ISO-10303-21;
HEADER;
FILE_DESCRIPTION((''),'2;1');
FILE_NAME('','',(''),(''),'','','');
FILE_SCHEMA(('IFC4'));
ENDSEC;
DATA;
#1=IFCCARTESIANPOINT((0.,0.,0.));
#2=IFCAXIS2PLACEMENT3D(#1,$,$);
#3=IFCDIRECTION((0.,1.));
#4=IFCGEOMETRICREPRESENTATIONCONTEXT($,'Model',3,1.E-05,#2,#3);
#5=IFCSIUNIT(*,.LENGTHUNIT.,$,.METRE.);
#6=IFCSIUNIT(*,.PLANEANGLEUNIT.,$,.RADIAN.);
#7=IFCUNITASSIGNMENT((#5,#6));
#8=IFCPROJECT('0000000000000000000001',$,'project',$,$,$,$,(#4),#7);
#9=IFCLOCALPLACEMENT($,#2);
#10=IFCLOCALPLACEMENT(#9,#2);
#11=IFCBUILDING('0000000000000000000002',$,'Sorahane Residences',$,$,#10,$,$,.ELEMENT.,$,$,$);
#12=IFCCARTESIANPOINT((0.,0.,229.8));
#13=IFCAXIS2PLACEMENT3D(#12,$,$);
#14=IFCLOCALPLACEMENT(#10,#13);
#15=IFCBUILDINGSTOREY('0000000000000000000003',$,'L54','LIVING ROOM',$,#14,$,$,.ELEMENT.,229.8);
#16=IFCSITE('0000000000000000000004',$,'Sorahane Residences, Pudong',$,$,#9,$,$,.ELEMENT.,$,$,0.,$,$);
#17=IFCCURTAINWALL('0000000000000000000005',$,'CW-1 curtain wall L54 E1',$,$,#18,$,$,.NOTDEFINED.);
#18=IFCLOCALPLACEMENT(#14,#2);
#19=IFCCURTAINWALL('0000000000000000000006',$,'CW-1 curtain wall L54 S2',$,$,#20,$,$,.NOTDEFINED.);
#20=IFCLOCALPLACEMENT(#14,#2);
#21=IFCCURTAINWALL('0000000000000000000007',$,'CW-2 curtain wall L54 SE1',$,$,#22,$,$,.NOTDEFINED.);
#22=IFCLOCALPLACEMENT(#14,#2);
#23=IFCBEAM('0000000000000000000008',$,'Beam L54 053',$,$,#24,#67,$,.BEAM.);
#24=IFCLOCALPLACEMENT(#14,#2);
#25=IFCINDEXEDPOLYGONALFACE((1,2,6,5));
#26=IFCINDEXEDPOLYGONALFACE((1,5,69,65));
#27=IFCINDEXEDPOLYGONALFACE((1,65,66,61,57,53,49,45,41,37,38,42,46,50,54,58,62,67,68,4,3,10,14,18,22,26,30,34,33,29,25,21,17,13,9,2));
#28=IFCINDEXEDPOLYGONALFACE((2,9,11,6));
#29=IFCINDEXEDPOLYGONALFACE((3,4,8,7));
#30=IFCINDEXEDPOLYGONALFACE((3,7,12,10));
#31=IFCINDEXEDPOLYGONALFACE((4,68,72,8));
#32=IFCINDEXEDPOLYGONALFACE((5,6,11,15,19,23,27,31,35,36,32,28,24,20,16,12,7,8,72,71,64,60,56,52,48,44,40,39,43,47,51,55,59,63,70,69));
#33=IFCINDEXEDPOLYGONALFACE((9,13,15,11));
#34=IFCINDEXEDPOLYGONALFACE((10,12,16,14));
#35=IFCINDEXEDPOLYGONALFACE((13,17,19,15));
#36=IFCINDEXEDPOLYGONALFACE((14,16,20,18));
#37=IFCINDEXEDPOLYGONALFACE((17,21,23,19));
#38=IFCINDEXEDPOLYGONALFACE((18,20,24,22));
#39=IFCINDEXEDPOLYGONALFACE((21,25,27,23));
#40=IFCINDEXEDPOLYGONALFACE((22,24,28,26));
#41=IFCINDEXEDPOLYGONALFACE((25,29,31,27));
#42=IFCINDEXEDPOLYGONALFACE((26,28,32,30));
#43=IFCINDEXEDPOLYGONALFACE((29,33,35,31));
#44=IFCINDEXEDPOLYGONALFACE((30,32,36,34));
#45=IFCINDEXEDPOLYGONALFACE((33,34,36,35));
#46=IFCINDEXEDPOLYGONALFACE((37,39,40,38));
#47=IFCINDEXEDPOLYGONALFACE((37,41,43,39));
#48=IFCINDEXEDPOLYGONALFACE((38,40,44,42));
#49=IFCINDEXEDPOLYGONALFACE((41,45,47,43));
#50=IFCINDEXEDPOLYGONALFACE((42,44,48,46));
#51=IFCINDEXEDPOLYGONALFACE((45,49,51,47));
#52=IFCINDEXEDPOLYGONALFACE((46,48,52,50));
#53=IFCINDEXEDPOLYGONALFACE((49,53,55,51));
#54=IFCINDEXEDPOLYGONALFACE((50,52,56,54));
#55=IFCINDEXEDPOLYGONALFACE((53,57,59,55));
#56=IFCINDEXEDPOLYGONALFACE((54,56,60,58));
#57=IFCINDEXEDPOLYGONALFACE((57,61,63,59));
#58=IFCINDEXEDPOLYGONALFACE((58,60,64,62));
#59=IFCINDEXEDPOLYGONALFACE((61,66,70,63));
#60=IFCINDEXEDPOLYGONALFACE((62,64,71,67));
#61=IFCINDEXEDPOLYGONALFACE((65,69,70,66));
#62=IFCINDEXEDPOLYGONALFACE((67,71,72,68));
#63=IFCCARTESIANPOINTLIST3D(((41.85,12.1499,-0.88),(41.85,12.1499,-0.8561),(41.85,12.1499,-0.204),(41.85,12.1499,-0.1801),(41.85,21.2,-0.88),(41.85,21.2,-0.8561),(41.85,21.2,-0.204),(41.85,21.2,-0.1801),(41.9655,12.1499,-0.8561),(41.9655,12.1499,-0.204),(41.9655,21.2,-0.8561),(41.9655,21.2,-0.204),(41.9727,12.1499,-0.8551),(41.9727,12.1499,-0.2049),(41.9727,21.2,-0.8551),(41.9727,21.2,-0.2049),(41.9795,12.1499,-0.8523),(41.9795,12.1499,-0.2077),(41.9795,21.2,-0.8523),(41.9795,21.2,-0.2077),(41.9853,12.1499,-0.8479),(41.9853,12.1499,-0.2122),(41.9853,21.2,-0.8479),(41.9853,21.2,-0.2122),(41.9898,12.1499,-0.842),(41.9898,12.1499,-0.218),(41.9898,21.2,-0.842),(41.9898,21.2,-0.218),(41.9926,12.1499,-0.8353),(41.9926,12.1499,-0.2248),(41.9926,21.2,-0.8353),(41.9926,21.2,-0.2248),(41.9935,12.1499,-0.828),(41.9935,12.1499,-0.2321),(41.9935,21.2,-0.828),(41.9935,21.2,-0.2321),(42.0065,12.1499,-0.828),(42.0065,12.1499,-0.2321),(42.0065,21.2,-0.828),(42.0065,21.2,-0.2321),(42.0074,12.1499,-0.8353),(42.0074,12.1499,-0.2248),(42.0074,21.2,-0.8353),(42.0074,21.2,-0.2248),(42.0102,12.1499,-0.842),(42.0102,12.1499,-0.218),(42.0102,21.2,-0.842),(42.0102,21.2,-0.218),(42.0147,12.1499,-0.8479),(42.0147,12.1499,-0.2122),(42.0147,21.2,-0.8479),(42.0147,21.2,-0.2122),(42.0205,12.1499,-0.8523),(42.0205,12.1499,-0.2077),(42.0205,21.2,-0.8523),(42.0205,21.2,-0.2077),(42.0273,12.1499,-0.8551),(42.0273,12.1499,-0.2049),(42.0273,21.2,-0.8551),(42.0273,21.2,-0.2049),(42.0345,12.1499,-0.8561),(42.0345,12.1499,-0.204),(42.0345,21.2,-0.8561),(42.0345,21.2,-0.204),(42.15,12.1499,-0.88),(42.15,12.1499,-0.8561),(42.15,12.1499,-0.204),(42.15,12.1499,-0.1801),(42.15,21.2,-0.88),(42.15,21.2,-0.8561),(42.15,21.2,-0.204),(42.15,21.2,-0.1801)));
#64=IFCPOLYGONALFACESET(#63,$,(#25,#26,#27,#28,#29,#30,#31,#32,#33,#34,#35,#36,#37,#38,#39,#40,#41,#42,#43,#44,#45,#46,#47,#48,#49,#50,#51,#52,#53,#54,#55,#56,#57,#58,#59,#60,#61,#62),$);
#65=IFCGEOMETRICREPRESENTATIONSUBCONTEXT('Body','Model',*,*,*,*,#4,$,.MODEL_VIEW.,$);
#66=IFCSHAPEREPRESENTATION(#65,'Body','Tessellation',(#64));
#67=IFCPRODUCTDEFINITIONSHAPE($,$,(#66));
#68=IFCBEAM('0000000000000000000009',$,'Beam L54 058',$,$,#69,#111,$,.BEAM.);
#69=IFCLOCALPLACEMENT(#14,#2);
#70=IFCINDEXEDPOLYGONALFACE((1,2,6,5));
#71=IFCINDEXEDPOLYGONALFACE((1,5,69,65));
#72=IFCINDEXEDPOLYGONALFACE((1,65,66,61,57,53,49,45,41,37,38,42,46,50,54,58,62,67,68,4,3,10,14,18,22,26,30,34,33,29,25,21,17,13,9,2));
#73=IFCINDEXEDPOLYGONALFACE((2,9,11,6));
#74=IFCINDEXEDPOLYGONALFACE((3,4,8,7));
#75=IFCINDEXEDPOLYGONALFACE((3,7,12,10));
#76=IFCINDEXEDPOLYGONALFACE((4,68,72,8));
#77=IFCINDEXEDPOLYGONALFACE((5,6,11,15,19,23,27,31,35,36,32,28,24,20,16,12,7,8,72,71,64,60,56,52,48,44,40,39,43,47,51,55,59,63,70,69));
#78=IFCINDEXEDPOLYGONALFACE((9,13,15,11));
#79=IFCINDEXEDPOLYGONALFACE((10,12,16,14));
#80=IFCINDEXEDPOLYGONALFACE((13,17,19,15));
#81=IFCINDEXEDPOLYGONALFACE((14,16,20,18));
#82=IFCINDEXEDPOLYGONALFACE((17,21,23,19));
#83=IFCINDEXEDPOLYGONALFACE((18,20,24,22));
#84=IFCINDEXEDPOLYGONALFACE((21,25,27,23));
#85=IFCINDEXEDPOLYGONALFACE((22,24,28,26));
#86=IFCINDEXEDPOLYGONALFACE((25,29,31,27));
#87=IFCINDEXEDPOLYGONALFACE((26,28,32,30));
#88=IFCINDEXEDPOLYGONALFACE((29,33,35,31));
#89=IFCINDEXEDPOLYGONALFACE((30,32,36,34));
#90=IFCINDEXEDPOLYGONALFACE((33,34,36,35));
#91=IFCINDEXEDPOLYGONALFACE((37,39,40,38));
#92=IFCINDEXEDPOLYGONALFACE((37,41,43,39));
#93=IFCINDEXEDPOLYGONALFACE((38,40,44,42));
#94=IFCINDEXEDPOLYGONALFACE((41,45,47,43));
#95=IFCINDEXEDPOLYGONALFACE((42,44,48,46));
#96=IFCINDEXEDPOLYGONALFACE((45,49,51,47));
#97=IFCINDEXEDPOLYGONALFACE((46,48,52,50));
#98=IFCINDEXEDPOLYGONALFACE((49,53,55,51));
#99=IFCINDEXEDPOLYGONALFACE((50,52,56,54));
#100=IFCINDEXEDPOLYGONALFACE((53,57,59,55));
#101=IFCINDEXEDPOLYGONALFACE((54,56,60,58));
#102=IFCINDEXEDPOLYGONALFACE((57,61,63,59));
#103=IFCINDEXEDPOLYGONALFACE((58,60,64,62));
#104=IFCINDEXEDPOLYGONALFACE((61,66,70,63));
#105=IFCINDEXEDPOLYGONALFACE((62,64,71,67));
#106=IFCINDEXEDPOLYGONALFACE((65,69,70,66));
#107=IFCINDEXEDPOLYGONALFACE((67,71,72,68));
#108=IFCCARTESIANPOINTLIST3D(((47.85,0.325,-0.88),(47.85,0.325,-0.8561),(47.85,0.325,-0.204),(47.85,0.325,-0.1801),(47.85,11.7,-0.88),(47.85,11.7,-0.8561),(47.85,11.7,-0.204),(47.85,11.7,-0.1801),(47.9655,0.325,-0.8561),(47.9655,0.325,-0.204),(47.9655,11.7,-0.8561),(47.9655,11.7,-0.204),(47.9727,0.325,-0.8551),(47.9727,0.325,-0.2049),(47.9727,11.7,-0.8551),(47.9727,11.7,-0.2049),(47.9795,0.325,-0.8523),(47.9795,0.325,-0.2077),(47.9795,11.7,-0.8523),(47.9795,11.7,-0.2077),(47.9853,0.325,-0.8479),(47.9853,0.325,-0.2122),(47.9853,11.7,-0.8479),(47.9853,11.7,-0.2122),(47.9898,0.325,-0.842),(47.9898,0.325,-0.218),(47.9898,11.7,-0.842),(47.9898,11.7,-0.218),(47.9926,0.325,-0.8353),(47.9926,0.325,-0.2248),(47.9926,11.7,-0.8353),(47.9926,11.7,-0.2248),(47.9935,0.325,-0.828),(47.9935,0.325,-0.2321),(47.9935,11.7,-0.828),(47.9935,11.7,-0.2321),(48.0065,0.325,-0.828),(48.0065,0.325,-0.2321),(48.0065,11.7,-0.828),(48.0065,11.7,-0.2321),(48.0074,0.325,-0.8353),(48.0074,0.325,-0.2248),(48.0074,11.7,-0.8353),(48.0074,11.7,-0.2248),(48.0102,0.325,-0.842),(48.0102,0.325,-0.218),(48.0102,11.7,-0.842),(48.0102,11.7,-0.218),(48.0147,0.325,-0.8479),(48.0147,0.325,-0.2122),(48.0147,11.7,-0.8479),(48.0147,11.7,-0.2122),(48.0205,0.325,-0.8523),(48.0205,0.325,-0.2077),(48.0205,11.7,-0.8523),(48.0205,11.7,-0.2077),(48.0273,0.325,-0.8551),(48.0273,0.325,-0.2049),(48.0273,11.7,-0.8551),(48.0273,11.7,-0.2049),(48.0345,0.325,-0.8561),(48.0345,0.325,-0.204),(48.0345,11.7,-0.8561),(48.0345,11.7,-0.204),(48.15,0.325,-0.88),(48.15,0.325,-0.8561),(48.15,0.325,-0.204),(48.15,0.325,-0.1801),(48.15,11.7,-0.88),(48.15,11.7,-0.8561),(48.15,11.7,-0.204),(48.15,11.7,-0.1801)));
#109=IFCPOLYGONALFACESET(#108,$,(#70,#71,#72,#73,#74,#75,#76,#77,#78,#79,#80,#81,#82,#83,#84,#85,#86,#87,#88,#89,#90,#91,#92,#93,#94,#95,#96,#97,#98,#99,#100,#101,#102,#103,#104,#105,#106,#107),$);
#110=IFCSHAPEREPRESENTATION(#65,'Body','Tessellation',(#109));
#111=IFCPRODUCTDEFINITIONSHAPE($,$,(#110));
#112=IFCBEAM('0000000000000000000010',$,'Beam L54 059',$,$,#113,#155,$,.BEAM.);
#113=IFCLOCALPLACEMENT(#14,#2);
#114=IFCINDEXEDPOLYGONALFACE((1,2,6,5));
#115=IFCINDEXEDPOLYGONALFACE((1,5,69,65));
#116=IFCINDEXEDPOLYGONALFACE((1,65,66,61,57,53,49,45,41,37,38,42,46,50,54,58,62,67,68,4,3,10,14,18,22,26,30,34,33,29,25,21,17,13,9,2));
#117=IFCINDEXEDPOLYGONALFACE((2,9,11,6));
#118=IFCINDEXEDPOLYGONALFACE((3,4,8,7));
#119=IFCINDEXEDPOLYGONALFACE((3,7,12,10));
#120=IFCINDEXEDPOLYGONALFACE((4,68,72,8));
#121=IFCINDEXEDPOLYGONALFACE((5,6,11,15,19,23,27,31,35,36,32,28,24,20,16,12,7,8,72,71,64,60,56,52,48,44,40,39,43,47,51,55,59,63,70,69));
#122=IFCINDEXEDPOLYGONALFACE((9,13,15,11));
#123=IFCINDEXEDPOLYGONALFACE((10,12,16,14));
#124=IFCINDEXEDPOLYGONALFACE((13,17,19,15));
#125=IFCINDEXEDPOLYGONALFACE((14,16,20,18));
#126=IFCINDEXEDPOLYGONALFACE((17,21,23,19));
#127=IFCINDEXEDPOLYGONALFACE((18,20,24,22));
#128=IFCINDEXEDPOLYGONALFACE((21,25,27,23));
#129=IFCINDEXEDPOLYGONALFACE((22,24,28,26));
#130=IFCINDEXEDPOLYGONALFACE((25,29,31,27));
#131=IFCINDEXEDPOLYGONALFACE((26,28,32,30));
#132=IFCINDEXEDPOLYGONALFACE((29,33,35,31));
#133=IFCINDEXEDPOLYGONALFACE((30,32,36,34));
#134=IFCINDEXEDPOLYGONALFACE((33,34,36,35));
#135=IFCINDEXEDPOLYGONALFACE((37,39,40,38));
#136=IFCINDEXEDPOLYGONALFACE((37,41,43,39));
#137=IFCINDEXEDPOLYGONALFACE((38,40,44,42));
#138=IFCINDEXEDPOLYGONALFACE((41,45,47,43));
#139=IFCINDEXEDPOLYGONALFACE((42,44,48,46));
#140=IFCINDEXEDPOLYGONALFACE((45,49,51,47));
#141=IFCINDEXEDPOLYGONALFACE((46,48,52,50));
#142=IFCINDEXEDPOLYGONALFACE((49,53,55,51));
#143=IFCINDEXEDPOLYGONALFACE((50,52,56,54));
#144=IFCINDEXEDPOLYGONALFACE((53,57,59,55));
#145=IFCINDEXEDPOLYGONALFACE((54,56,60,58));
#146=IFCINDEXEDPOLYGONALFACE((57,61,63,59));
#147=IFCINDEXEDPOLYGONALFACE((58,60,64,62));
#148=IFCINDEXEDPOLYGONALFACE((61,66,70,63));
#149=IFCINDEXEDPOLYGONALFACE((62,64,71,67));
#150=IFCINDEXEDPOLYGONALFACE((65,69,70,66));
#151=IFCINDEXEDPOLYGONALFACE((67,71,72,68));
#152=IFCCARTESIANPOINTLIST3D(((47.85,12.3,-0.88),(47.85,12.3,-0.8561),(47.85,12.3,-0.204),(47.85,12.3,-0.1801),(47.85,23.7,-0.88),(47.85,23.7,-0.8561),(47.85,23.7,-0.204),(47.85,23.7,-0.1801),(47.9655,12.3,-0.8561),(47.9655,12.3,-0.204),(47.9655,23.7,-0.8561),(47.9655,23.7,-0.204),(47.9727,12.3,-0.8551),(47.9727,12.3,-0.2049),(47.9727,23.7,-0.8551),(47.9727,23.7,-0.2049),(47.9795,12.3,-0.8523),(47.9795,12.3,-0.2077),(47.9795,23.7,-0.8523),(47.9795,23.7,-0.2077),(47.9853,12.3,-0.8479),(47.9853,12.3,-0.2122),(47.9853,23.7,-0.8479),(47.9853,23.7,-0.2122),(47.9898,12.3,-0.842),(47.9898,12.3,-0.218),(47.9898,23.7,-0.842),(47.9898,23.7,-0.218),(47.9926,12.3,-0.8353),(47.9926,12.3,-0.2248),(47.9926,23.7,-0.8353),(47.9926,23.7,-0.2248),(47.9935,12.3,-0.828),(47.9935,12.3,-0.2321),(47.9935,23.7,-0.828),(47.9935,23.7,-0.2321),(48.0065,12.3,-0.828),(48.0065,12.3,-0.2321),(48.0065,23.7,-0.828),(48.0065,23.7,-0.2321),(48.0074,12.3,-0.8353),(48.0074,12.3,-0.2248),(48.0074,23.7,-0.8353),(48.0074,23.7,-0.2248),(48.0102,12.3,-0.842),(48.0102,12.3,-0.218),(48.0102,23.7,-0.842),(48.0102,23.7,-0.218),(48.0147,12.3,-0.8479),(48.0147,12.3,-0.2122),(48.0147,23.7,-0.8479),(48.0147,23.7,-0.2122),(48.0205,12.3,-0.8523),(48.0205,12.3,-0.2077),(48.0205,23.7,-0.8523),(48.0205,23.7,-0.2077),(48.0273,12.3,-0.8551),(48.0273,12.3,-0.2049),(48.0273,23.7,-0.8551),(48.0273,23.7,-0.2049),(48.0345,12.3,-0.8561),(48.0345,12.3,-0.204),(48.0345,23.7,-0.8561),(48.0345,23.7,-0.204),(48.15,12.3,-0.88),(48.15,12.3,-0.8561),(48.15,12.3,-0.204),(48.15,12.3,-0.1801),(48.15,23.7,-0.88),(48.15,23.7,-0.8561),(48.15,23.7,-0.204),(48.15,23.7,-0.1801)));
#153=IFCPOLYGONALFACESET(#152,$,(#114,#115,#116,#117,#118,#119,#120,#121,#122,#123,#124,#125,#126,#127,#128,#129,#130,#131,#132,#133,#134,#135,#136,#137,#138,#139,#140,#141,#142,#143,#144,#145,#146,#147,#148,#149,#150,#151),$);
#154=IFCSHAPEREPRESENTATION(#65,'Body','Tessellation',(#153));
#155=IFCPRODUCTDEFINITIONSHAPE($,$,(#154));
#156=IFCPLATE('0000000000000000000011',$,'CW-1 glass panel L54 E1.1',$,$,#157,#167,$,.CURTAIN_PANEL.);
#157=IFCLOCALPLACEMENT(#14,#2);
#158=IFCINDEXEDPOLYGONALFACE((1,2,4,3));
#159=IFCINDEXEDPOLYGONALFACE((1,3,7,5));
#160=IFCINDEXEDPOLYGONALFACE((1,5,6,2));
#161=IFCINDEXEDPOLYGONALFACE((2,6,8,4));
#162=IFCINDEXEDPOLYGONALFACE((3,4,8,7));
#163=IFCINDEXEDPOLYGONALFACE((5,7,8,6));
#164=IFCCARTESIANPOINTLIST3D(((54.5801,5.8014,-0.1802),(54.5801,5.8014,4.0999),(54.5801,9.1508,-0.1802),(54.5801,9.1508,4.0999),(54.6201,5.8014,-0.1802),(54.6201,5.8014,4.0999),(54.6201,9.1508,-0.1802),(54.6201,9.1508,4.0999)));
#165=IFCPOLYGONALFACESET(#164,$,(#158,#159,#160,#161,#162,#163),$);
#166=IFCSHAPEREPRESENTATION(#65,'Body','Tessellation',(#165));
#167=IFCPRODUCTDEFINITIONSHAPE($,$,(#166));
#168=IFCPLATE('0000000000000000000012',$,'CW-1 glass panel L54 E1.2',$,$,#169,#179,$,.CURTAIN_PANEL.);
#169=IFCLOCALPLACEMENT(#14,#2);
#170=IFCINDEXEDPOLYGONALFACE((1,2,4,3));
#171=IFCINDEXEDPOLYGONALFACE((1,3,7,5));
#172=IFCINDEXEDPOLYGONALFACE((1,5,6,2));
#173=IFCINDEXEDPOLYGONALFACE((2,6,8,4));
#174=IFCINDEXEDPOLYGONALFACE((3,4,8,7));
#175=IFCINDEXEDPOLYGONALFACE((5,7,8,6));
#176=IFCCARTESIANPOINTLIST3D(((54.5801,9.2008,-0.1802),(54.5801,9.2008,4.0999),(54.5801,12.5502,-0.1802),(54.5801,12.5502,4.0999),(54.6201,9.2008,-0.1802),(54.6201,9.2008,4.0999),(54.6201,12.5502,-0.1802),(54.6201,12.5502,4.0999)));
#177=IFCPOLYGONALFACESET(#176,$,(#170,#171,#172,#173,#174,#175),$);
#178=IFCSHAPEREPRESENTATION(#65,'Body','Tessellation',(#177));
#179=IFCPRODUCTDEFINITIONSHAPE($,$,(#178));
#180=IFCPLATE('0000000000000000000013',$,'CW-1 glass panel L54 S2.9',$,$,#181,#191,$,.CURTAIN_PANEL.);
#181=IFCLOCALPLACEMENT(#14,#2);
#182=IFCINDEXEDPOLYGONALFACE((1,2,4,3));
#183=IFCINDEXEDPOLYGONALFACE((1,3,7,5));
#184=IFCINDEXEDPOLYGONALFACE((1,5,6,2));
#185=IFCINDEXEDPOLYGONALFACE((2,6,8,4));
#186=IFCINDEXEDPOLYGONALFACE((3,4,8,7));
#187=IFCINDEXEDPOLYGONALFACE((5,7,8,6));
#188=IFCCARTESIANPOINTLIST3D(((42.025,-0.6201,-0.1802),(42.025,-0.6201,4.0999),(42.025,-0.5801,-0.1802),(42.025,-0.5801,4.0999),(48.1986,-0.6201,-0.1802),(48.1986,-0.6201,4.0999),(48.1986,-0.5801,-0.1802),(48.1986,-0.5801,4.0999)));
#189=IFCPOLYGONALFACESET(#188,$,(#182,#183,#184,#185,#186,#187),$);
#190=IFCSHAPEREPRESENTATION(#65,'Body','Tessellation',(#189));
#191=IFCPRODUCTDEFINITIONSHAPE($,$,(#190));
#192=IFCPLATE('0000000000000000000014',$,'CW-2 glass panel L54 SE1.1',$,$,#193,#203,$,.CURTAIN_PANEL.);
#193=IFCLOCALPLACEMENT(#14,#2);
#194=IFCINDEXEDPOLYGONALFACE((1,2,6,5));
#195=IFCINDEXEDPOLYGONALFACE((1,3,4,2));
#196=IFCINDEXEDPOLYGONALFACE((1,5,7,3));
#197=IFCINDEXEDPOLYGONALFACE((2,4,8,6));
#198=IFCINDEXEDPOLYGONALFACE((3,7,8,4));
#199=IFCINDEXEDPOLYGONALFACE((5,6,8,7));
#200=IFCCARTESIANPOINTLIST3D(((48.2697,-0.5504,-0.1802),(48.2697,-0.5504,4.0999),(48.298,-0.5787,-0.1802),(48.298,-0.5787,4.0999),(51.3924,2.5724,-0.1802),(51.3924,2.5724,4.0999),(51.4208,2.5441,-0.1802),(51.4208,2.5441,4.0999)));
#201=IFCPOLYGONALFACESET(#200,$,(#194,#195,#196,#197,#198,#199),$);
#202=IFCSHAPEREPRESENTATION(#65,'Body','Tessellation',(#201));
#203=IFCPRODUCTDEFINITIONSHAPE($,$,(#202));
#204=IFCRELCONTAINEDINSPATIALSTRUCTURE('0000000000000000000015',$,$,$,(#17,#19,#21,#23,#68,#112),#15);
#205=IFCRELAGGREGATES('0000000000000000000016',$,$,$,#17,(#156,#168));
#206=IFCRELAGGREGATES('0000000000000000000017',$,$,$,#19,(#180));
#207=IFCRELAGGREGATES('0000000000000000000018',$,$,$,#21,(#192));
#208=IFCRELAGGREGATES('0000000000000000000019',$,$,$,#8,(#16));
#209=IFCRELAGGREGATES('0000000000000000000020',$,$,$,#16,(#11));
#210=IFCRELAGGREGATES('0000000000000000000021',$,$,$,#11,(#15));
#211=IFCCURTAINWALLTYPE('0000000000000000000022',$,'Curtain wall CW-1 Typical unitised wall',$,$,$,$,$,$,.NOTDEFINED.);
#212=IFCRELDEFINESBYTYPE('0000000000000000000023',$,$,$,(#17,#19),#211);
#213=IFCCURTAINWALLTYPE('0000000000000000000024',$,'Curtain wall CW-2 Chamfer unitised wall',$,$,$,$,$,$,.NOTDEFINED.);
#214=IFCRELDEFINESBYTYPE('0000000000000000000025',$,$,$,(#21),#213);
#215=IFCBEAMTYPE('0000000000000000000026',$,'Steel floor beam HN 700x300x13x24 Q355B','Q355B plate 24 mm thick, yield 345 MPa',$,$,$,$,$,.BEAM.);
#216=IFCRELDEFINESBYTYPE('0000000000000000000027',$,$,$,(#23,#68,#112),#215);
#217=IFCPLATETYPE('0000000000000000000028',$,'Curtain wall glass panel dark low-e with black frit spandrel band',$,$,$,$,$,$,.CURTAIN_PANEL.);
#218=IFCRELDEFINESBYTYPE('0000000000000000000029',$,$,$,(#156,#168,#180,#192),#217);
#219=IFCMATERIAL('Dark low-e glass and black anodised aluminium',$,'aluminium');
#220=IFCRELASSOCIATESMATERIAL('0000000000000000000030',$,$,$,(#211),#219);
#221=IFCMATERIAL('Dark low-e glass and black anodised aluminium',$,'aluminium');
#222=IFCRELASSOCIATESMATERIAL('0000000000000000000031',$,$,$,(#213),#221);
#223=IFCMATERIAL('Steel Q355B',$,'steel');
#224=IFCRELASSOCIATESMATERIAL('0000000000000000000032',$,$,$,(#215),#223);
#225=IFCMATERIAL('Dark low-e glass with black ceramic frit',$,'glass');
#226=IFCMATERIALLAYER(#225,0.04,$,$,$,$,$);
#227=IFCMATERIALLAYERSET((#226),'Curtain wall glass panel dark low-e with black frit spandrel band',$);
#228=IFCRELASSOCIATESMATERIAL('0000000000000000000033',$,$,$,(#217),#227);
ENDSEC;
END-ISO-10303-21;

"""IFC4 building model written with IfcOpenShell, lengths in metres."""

from ifc_helpers import new_model, si_unit, direction, frame, origin, origin_2d, place, context, subcontext, project, spatial, rectangle, i_section, extrude, material, layer, layer_set, material_profile, profile_set, type_object, element, aggregate, save


model = new_model("IFC4")

# Units and contexts
model_context = context("Model", 3, precision=1e-05, world=origin(), true_north=direction((0.0, 1.0)))
body_context = subcontext(model_context, "Body", "Model", "MODEL_VIEW")
ifc_project = project(units=[si_unit("LENGTHUNIT", "METRE"), si_unit("PLANEANGLEUNIT", "RADIAN")], contexts=[model_context])

# Site, building, storey
site_placement = place(None, origin())
site = spatial("IfcSite", under=ifc_project, at=site_placement, Name="Sorahane Residences, Pudong", CompositionType="ELEMENT", RefElevation=0.0)
building_placement = place(site_placement, origin())
building = spatial("IfcBuilding", under=site, at=building_placement, Name="Sorahane Residences", CompositionType="ELEMENT")
storey_placement = place(building_placement, frame((0.0, 0.0, 229.8)))
storey = spatial("IfcBuildingStorey", under=building, at=storey_placement, Name="L54", Description="LIVING ROOM", CompositionType="ELEMENT", Elevation=229.8)

# Curtain walls
ifc_material_1 = material(Name="Dark low-e glass and black anodised aluminium", Category="aluminium")
curtain_wall_type_1 = type_object("IfcCurtainWallType", Name="Curtain wall CW-1 Typical unitised wall", PredefinedType="NOTDEFINED", material=ifc_material_1)
curtain_wall_1_placement = place(storey_placement, origin())
curtain_wall_1 = element("IfcCurtainWall", 1, at=curtain_wall_1_placement, inside=storey, type_object=curtain_wall_type_1, Name="CW-1 curtain wall L54 E1", PredefinedType="NOTDEFINED")
curtain_wall_2_placement = place(storey_placement, origin())
curtain_wall_2 = element("IfcCurtainWall", 2, at=curtain_wall_2_placement, inside=storey, type_object=curtain_wall_type_1, Name="CW-1 curtain wall L54 S2", PredefinedType="NOTDEFINED")

# Curtain wall
ifc_material_2 = material(Name="Dark low-e glass and black anodised aluminium", Category="aluminium")
curtain_wall_type_2 = type_object("IfcCurtainWallType", Name="Curtain wall CW-2 Chamfer unitised wall", PredefinedType="NOTDEFINED", material=ifc_material_2)
curtain_wall_3_placement = place(storey_placement, origin())
curtain_wall_3 = element("IfcCurtainWall", 3, at=curtain_wall_3_placement, inside=storey, type_object=curtain_wall_type_2, Name="CW-2 curtain wall L54 SE1", PredefinedType="NOTDEFINED")

# Beams
ifc_material_3 = material(Name="Steel Q355B", Category="steel")
ifc_material_profile_1 = material_profile(ifc_material_3, i_section(OverallWidth=0.3, OverallDepth=0.7, WebThickness=0.0129, FlangeThickness=0.0239, FilletRadius=0.0281, at=origin_2d()), Name="HN 700x300x13x24")
ifc_profile_set_1 = profile_set([ifc_material_profile_1], Name="Steel Q355B")
beam_type_1 = type_object("IfcBeamType", Name="Steel floor beam HN 700x300x13x24 Q355B", Description="Q355B plate 24 mm thick, yield 345 MPa", PredefinedType="BEAM", material=ifc_profile_set_1)
beam_1_placement = place(storey_placement, frame((42.0, 12.1499, -0.53), z_axis=(0.0, 1.0, 0.0), x_axis=(-1.0, 0.0, 0.0)))
element("IfcBeam", 4, at=beam_1_placement, inside=storey, type_object=beam_type_1, Name="Beam L54 053", PredefinedType="BEAM", context=body_context, shape_type="SweptSolid", body=[
    extrude(i_section(OverallWidth=0.3, OverallDepth=0.7, WebThickness=0.0129, FlangeThickness=0.0239, FilletRadius=0.0281, at=origin_2d()), origin(), (0.0, 0.0, 1.0), 9.05),
])
beam_2_placement = place(storey_placement, frame((48.0, 0.325, -0.53), z_axis=(0.0, 1.0, 0.0), x_axis=(-1.0, 0.0, 0.0)))
element("IfcBeam", 5, at=beam_2_placement, inside=storey, type_object=beam_type_1, Name="Beam L54 058", PredefinedType="BEAM", context=body_context, shape_type="SweptSolid", body=[
    extrude(i_section(OverallWidth=0.3, OverallDepth=0.7, WebThickness=0.0129, FlangeThickness=0.0239, FilletRadius=0.0281, at=origin_2d()), origin(), (0.0, 0.0, 1.0), 11.375),
])
beam_3_placement = place(storey_placement, frame((48.0, 12.3, -0.53), z_axis=(0.0, 1.0, 0.0), x_axis=(-1.0, 0.0, 0.0)))
element("IfcBeam", 6, at=beam_3_placement, inside=storey, type_object=beam_type_1, Name="Beam L54 059", PredefinedType="BEAM", context=body_context, shape_type="SweptSolid", body=[
    extrude(i_section(OverallWidth=0.3, OverallDepth=0.7, WebThickness=0.0129, FlangeThickness=0.0239, FilletRadius=0.0281, at=origin_2d()), origin(), (0.0, 0.0, 1.0), 11.3999),
])

# Plates
ifc_material_4 = material(Name="Dark low-e glass with black ceramic frit", Category="glass")
ifc_layer_1 = layer(ifc_material_4, 0.04)
ifc_layer_set_1 = layer_set([ifc_layer_1], Name="Curtain wall glass panel dark low-e with black frit spandrel band")
plate_type = type_object("IfcPlateType", Name="Curtain wall glass panel dark low-e with black frit spandrel band", PredefinedType="CURTAIN_PANEL", material=ifc_layer_set_1)
plate_1_placement = place(storey_placement, frame((54.6001, 7.4761, -0.1802), z_axis=(0.0, 0.0, 1.0), x_axis=(0.0, 1.0, 0.0)))
plate_1 = element("IfcPlate", 7, at=plate_1_placement, type_object=plate_type, Name="CW-1 glass panel L54 E1.1", PredefinedType="CURTAIN_PANEL", context=body_context, shape_type="SweptSolid", body=[
    extrude(rectangle(XDim=3.3494, YDim=0.04, at=origin_2d()), origin(), (0.0, 0.0, 1.0), 4.28),
])
plate_2_placement = place(storey_placement, frame((54.6001, 10.8755, -0.1802), z_axis=(0.0, 0.0, 1.0), x_axis=(0.0, 1.0, 0.0)))
plate_2 = element("IfcPlate", 8, at=plate_2_placement, type_object=plate_type, Name="CW-1 glass panel L54 E1.2", PredefinedType="CURTAIN_PANEL", context=body_context, shape_type="SweptSolid", body=[
    extrude(rectangle(XDim=3.3494, YDim=0.04, at=origin_2d()), origin(), (0.0, 0.0, 1.0), 4.28),
])
aggregate(curtain_wall_1, [plate_1, plate_2])
plate_3_placement = place(storey_placement, frame((45.1118, -0.6001, -0.1802), z_axis=(0.0, 0.0, 1.0), x_axis=(1.0, 0.0, 0.0)))
plate_3 = element("IfcPlate", 9, at=plate_3_placement, type_object=plate_type, Name="CW-1 glass panel L54 S2.9", PredefinedType="CURTAIN_PANEL", context=body_context, shape_type="SweptSolid", body=[
    extrude(rectangle(XDim=6.1736, YDim=0.04, at=origin_2d()), origin(), (0.0, 0.0, 1.0), 4.28),
])
aggregate(curtain_wall_2, [plate_3])
plate_4_placement = place(storey_placement, frame((49.8452, 0.9968, -0.1802), z_axis=(0.0, 0.0, 1.0), x_axis=(0.707107, 0.707107, 0.0)))
plate_4 = element("IfcPlate", 10, at=plate_4_placement, type_object=plate_type, Name="CW-2 glass panel L54 SE1.1", PredefinedType="CURTAIN_PANEL", context=body_context, shape_type="SweptSolid", body=[
    extrude(rectangle(XDim=4.4163, YDim=0.04, at=origin_2d()), origin(), (0.0, 0.0, 1.0), 4.28),
])
aggregate(curtain_wall_3, [plate_4])

save(model, "model.ifc")
